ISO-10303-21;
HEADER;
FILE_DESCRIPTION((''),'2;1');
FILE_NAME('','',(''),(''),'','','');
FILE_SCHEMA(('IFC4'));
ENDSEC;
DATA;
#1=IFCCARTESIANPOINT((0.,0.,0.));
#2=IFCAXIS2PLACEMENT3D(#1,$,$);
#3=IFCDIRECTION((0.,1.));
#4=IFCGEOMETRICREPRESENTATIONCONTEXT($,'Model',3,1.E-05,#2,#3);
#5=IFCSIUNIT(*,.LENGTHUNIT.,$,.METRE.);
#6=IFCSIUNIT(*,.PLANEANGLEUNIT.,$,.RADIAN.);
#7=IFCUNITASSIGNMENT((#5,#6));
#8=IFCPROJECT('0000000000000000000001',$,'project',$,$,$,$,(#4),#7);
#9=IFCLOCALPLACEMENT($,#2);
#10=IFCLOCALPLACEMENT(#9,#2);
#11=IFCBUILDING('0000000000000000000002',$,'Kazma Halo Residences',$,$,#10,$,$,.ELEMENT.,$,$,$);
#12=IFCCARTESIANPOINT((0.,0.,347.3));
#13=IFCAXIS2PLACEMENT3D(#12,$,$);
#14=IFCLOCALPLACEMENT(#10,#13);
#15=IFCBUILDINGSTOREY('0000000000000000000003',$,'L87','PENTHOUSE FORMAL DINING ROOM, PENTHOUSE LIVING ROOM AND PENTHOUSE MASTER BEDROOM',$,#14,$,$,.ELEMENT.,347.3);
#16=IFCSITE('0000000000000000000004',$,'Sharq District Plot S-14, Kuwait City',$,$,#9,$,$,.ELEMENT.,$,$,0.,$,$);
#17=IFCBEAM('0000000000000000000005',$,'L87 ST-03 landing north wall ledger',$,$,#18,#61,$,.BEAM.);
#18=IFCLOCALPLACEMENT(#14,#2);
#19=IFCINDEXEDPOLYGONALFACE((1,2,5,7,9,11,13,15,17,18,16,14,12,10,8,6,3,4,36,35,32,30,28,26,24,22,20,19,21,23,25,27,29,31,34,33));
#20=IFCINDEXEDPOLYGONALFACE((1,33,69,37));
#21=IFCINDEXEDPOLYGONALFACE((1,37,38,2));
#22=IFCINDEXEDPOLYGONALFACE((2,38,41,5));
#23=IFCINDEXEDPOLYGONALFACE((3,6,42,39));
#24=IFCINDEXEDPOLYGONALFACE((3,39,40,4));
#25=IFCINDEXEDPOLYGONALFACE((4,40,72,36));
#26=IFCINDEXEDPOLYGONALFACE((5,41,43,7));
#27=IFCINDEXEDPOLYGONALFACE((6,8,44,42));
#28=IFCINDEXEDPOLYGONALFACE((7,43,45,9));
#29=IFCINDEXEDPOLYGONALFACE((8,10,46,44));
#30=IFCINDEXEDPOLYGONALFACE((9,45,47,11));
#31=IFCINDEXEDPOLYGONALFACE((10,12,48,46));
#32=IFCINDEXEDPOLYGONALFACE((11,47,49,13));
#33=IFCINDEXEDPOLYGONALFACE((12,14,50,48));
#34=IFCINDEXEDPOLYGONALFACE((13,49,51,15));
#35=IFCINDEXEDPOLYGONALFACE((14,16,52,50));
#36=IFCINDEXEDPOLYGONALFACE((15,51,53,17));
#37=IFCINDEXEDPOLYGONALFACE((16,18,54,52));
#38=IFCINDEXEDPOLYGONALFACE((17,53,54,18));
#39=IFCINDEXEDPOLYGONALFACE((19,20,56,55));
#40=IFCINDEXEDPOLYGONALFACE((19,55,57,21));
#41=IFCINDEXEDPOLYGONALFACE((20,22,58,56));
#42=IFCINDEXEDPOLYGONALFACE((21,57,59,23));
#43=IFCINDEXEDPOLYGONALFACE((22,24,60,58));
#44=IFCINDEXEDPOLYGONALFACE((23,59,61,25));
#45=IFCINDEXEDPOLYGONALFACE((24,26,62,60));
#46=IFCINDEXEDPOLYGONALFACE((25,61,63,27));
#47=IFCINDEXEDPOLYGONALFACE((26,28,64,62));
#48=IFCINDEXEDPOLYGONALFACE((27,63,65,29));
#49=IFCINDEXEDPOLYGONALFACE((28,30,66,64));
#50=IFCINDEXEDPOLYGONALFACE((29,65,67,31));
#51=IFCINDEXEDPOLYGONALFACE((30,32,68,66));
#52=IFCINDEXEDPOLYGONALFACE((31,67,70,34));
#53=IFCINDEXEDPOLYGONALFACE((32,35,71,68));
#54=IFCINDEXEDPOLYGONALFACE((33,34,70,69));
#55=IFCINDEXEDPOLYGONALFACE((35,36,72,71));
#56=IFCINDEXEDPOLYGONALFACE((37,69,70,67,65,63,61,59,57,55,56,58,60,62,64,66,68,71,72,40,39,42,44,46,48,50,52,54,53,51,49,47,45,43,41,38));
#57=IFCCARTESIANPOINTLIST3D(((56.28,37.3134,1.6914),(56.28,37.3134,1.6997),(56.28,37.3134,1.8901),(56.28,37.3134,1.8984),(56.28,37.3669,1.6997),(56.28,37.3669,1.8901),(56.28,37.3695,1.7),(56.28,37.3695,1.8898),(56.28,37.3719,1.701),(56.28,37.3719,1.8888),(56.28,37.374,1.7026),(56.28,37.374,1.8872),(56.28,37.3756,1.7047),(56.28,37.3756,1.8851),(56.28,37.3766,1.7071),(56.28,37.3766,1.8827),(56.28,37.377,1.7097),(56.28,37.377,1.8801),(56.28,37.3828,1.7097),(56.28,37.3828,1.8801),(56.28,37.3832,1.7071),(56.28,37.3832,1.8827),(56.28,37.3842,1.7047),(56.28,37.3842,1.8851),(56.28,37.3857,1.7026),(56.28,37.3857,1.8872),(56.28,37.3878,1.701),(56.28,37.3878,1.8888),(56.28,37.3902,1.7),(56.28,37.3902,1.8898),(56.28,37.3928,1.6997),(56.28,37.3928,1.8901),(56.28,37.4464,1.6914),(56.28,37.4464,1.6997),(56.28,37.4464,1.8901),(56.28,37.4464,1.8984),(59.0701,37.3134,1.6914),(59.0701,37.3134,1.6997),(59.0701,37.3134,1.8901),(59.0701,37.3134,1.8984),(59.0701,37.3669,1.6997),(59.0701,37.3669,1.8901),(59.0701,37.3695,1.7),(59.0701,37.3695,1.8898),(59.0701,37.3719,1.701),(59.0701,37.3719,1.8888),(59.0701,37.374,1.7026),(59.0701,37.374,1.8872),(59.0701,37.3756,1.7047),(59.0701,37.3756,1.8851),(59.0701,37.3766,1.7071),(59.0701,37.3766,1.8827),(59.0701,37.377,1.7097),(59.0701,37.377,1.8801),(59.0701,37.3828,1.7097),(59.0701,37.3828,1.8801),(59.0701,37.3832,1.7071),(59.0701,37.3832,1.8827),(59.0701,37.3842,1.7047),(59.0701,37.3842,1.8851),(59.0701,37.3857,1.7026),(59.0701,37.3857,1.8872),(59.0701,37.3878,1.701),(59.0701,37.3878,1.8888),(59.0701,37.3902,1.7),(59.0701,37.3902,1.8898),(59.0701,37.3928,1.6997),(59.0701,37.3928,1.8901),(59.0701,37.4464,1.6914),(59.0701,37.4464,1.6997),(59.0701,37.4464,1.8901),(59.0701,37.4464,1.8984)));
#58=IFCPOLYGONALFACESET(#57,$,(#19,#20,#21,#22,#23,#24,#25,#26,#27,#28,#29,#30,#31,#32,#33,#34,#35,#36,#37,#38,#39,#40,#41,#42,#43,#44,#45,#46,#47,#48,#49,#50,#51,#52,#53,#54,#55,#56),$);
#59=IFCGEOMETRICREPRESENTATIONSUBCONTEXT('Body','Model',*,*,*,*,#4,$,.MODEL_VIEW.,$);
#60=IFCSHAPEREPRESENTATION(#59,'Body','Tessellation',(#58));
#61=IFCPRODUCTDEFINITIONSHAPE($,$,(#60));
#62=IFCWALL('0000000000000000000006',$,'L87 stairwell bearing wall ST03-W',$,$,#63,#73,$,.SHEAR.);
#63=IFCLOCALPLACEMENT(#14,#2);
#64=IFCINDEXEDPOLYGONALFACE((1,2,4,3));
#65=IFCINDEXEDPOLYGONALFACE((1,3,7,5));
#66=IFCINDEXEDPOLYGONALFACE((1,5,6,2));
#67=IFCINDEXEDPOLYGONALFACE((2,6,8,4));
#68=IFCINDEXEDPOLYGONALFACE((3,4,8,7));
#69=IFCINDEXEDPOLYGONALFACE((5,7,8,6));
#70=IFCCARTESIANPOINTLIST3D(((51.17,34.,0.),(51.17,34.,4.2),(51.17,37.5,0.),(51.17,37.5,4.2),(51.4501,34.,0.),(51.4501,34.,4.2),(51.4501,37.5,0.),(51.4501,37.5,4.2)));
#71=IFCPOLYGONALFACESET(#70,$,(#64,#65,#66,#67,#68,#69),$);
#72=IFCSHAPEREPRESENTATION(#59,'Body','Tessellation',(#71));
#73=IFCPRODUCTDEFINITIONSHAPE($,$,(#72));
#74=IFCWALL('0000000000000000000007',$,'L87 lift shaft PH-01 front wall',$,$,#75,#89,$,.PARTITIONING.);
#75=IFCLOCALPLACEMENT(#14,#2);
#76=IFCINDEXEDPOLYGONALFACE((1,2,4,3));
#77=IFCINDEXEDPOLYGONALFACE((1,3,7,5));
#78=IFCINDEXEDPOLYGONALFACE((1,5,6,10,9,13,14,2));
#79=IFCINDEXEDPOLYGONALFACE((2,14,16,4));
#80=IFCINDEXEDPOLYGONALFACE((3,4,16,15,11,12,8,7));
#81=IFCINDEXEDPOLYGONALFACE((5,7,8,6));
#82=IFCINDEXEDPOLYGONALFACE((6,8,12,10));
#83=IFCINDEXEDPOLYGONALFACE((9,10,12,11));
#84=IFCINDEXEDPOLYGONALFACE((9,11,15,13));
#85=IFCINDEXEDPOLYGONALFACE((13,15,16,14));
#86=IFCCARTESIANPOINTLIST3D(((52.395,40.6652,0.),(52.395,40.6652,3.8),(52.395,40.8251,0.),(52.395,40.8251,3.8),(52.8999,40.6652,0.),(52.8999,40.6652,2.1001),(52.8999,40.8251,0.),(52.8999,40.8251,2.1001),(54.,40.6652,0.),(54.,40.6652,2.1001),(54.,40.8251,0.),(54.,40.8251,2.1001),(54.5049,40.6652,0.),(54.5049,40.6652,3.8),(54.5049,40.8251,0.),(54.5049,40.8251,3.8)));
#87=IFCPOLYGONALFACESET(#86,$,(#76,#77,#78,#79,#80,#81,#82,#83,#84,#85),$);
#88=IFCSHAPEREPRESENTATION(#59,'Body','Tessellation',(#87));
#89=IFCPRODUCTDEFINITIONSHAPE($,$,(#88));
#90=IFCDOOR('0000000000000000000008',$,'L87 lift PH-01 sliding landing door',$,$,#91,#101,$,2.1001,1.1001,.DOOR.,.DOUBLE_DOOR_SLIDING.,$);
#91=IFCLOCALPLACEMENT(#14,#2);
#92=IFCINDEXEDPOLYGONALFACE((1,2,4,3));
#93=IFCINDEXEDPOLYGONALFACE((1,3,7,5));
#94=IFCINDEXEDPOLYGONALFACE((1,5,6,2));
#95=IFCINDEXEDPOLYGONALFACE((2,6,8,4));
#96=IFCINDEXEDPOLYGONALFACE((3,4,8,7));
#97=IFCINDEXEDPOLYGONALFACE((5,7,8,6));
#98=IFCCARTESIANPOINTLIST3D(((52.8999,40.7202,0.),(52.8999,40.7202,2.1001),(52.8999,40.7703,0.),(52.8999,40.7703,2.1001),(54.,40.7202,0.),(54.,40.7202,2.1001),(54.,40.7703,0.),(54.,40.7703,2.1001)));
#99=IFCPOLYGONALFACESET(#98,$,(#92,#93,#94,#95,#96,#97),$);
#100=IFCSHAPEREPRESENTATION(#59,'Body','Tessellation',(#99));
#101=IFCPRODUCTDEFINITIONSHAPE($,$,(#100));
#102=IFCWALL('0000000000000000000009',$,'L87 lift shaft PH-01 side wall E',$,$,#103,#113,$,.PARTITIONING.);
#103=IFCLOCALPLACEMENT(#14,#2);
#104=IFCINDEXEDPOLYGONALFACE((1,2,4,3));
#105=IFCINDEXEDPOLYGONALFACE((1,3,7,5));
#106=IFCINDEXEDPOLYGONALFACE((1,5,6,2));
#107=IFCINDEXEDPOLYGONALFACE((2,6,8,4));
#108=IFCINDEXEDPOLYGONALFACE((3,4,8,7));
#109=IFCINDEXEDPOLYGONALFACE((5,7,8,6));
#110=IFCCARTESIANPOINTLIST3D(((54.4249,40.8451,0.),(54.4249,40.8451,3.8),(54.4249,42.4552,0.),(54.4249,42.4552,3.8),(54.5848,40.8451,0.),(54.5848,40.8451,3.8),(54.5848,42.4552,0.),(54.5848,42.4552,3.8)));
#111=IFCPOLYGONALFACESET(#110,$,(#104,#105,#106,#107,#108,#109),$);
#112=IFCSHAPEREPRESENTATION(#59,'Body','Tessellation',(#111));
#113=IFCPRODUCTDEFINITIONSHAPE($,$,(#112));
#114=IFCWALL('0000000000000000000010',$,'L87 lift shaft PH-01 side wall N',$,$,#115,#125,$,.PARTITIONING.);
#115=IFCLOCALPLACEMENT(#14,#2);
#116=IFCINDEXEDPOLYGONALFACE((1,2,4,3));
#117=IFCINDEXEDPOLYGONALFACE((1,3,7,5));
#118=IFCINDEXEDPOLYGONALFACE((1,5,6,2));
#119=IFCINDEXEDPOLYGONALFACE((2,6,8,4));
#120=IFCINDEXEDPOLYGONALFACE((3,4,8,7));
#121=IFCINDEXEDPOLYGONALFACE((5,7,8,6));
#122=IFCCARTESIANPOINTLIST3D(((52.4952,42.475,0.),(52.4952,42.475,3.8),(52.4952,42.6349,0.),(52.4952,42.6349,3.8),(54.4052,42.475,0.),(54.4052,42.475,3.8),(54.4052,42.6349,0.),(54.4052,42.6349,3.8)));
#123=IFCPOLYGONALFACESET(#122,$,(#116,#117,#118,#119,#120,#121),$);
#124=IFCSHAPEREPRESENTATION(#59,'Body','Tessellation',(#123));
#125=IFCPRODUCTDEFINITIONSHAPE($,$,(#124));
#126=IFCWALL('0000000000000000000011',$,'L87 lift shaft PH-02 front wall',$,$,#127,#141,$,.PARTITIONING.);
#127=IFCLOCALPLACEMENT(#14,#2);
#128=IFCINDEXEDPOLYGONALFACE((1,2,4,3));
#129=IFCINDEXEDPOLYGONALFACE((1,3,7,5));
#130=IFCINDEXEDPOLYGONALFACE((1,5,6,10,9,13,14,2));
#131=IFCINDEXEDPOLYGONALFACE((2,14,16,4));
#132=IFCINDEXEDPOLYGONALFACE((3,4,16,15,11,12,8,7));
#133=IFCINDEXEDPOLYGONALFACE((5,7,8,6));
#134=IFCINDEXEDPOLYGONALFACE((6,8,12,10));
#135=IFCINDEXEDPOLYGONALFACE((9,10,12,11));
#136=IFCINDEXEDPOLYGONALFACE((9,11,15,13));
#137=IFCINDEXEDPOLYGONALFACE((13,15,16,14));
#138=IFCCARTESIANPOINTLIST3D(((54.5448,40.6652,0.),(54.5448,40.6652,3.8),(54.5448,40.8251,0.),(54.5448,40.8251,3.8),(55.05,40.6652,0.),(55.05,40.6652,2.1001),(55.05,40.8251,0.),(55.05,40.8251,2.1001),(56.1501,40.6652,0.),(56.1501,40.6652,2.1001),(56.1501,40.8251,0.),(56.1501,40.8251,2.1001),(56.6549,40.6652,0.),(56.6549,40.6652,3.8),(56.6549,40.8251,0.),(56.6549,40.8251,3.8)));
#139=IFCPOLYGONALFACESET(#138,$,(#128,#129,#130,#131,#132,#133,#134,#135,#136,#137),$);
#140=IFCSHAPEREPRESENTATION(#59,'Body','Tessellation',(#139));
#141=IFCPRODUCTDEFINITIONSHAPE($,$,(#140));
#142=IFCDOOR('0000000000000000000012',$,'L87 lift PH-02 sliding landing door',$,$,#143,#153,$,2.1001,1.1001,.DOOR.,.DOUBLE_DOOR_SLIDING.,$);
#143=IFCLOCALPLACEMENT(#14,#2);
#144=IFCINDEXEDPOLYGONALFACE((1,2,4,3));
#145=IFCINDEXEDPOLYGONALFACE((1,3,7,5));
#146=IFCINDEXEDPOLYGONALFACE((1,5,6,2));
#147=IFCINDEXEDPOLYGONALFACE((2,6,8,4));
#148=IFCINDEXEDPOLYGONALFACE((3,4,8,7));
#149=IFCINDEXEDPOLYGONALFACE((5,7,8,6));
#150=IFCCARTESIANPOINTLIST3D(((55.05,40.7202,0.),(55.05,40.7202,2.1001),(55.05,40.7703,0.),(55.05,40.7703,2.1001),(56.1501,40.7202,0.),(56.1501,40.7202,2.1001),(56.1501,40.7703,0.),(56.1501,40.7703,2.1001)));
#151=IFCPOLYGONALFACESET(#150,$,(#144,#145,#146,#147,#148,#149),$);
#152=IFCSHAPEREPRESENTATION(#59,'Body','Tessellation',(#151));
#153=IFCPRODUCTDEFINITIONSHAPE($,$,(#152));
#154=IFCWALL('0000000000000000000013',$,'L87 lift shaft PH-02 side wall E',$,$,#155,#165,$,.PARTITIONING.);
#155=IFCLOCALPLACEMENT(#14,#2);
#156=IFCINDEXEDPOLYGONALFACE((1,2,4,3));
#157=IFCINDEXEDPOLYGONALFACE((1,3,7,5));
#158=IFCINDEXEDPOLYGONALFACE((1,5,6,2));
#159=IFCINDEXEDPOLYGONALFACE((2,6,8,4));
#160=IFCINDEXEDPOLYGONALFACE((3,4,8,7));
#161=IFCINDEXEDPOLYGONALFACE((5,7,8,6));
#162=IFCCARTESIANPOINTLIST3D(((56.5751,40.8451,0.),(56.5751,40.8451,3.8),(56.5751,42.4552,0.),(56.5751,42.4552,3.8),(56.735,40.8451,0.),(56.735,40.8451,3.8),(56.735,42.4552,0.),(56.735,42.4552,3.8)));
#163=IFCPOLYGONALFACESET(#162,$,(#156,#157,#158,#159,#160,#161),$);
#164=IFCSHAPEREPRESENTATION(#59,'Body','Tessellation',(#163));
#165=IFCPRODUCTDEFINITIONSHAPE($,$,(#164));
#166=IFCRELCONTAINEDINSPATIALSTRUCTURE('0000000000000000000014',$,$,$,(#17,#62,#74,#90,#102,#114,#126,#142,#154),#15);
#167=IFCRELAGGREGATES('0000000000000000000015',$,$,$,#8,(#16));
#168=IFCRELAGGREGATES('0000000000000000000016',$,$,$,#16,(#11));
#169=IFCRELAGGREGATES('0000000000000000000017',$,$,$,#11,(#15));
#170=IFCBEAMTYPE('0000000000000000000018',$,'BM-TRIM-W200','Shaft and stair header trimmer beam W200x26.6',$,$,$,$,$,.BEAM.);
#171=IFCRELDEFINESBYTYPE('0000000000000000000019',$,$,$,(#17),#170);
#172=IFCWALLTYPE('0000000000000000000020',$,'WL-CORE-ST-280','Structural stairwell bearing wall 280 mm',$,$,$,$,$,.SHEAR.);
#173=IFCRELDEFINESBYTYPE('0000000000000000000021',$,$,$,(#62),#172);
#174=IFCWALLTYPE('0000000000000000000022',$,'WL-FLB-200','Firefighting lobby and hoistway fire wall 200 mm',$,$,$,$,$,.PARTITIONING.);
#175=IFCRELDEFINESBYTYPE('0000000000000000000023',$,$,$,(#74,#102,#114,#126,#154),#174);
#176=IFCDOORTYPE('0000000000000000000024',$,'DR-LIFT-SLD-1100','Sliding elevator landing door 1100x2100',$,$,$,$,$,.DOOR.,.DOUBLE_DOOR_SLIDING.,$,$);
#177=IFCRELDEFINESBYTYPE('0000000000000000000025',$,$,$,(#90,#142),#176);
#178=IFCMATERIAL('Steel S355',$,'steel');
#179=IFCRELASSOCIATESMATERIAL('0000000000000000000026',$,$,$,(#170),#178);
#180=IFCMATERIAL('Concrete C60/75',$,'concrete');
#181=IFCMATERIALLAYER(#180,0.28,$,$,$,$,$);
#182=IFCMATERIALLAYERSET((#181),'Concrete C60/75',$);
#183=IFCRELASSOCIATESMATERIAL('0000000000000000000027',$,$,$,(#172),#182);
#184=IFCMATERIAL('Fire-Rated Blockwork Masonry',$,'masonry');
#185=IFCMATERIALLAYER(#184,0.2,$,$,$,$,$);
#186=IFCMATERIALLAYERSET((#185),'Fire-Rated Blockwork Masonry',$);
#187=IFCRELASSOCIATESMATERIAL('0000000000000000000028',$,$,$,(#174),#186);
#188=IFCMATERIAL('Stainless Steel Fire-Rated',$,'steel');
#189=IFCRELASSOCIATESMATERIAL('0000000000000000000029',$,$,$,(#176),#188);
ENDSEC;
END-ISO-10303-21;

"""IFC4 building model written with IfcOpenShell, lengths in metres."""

from ifc_helpers import new_model, si_unit, direction, frame, frame_2d, origin, origin_2d, place, context, subcontext, project, spatial, rectangle, i_section, extrude, material, layer, layer_set, material_profile, profile_set, type_object, element, fill, save


model = new_model("IFC4")

# Units and contexts
model_context = context("Model", 3, precision=1e-05, world=origin(), true_north=direction((0.0, 1.0)))
body_context = subcontext(model_context, "Body", "Model", "MODEL_VIEW")
ifc_project = project(units=[si_unit("LENGTHUNIT", "METRE"), si_unit("PLANEANGLEUNIT", "RADIAN")], contexts=[model_context])

# Site, building, storey
site_placement = place(None, origin())
site = spatial("IfcSite", under=ifc_project, at=site_placement, Name="Sharq District Plot S-14, Kuwait City", CompositionType="ELEMENT", RefElevation=0.0)
building_placement = place(site_placement, origin())
building = spatial("IfcBuilding", under=site, at=building_placement, Name="Kazma Halo Residences", CompositionType="ELEMENT")
storey_placement = place(building_placement, frame((0.0, 0.0, 347.3)))
storey = spatial("IfcBuildingStorey", under=building, at=storey_placement, Name="L87", Description="PENTHOUSE FORMAL DINING ROOM, PENTHOUSE LIVING ROOM AND PENTHOUSE MASTER BEDROOM", CompositionType="ELEMENT", Elevation=347.3)

# Shared definitions
ifc_material_1 = material(Name="Steel S355", Category="steel")

# Beam
ifc_material_profile_1 = material_profile(ifc_material_1, i_section(OverallWidth=0.1331, OverallDepth=0.207, WebThickness=0.0059, FlangeThickness=0.0083, FilletRadius=0.01, at=origin_2d()), Name="W200x26.6")
ifc_profile_set_1 = profile_set([ifc_material_profile_1], Name="Steel S355")
beam_type = type_object("IfcBeamType", Name="BM-TRIM-W200", Description="Shaft and stair header trimmer beam W200x26.6", PredefinedType="BEAM", material=ifc_profile_set_1)
beam_1_placement = place(storey_placement, frame((56.28, 37.3799, 1.7949), z_axis=(1.0, 0.0, 0.0), x_axis=(0.0, 1.0, 0.0)))
element("IfcBeam", 1, at=beam_1_placement, inside=storey, type_object=beam_type, Name="L87 ST-03 landing north wall ledger", PredefinedType="BEAM", context=body_context, shape_type="SweptSolid", body=[
    extrude(i_section(OverallWidth=0.1331, OverallDepth=0.207, WebThickness=0.0059, FlangeThickness=0.0083, FilletRadius=0.01, at=origin_2d()), origin(), (0.0, 0.0, 1.0), 2.79),
])

# Wall
ifc_material_2 = material(Name="Concrete C60/75", Category="concrete")
ifc_layer_1 = layer(ifc_material_2, 0.28)
ifc_layer_set_1 = layer_set([ifc_layer_1], Name="Concrete C60/75")
wall_type_1 = type_object("IfcWallType", Name="WL-CORE-ST-280", Description="Structural stairwell bearing wall 280 mm", PredefinedType="SHEAR", material=ifc_layer_set_1)
wall_1_placement = place(storey_placement, frame((51.3101, 34.0, 0.0), z_axis=(0.0, 0.0, 1.0), x_axis=(0.0, 1.0, 0.0)))
element("IfcWall", 2, at=wall_1_placement, inside=storey, type_object=wall_type_1, Name="L87 stairwell bearing wall ST03-W", PredefinedType="SHEAR", context=body_context, shape_type="SweptSolid", body=[
    extrude(rectangle(XDim=3.5, YDim=0.28, at=frame_2d((1.75, 0.0))), origin(), (0.0, 0.0, 1.0), 4.2),
])

# Wall, opening, door
ifc_material_3 = material(Name="Fire-Rated Blockwork Masonry", Category="masonry")
ifc_layer_2 = layer(ifc_material_3, 0.2)
ifc_layer_set_2 = layer_set([ifc_layer_2], Name="Fire-Rated Blockwork Masonry")
wall_type_2 = type_object("IfcWallType", Name="WL-FLB-200", Description="Firefighting lobby and hoistway fire wall 200 mm", PredefinedType="PARTITIONING", material=ifc_layer_set_2)
wall_2_placement = place(storey_placement, frame((54.5049, 40.7451, 0.0), z_axis=(0.0, 0.0, 1.0), x_axis=(-1.0, 0.0, 0.0)))
wall_2 = element("IfcWall", 3, at=wall_2_placement, inside=storey, type_object=wall_type_2, Name="L87 lift shaft PH-01 front wall", PredefinedType="PARTITIONING", context=body_context, shape_type="SweptSolid", body=[
    extrude(rectangle(XDim=2.1099, YDim=0.1599, at=frame_2d((1.0549, 0.0))), origin(), (0.0, 0.0, 1.0), 3.8),
])
opening_1_placement = place(wall_2_placement, frame((0.5049, 0.0, 0.0)))
opening_1 = element("IfcOpeningElement", 4, at=opening_1_placement, cuts=wall_2, PredefinedType="OPENING", context=body_context, shape_type="SweptSolid", body=[
    extrude(rectangle(XDim=1.1001, YDim=2.1001, at=frame_2d((0.55, 1.05))), frame((0.0, 0.0898, 0.0), z_axis=(0.0, -1.0, 0.0), x_axis=(1.0, 0.0, 0.0)), (0.0, 0.0, 1.0), 0.1799),
])
ifc_material_4 = material(Name="Stainless Steel Fire-Rated", Category="steel")
door_type_1 = type_object("IfcDoorType", Name="DR-LIFT-SLD-1100", Description="Sliding elevator landing door 1100x2100", OperationType="DOUBLE_DOOR_SLIDING", PredefinedType="DOOR", material=ifc_material_4)
door_1_placement = place(opening_1_placement, origin())
door_1 = element("IfcDoor", 5, at=door_1_placement, inside=storey, type_object=door_type_1, Name="L87 lift PH-01 sliding landing door", OperationType="DOUBLE_DOOR_SLIDING", OverallHeight=2.1001, OverallWidth=1.1001, PredefinedType="DOOR", context=body_context, shape_type="SweptSolid", body=[
    extrude(rectangle(XDim=1.1001, YDim=2.1001, at=frame_2d((0.55, 1.05))), frame((0.0, 0.0249, 0.0), z_axis=(0.0, -1.0, 0.0), x_axis=(1.0, 0.0, 0.0)), (0.0, 0.0, 1.0), 0.05),
])
fill(opening_1, door_1)

# Walls
wall_3_placement = place(storey_placement, frame((54.5049, 40.845, 0.0), z_axis=(0.0, 0.0, 1.0), x_axis=(0.0, 1.0, 0.0)))
element("IfcWall", 6, at=wall_3_placement, inside=storey, type_object=wall_type_2, Name="L87 lift shaft PH-01 side wall E", PredefinedType="PARTITIONING", context=body_context, shape_type="SweptSolid", body=[
    extrude(rectangle(XDim=1.6101, YDim=0.1599, at=frame_2d((0.8052, 0.0))), origin(), (0.0, 0.0, 1.0), 3.8),
])
wall_4_placement = place(storey_placement, frame((52.4951, 42.5549, 0.0), z_axis=(0.0, 0.0, 1.0), x_axis=(1.0, 0.0, 0.0)))
element("IfcWall", 7, at=wall_4_placement, inside=storey, type_object=wall_type_2, Name="L87 lift shaft PH-01 side wall N", PredefinedType="PARTITIONING", context=body_context, shape_type="SweptSolid", body=[
    extrude(rectangle(XDim=1.9099, YDim=0.1599, at=frame_2d((0.9551, 0.0))), origin(), (0.0, 0.0, 1.0), 3.8),
])

# Wall, opening, door
wall_5_placement = place(storey_placement, frame((56.655, 40.7451, 0.0), z_axis=(0.0, 0.0, 1.0), x_axis=(-1.0, 0.0, 0.0)))
wall_5 = element("IfcWall", 8, at=wall_5_placement, inside=storey, type_object=wall_type_2, Name="L87 lift shaft PH-02 front wall", PredefinedType="PARTITIONING", context=body_context, shape_type="SweptSolid", body=[
    extrude(rectangle(XDim=2.1101, YDim=0.1599, at=frame_2d((1.0552, 0.0))), origin(), (0.0, 0.0, 1.0), 3.8),
])
opening_2_placement = place(wall_5_placement, frame((0.5049, 0.0, 0.0)))
opening_2 = element("IfcOpeningElement", 9, at=opening_2_placement, cuts=wall_5, PredefinedType="OPENING", context=body_context, shape_type="SweptSolid", body=[
    extrude(rectangle(XDim=1.1001, YDim=2.1001, at=frame_2d((0.55, 1.05))), frame((0.0, 0.0898, 0.0), z_axis=(0.0, -1.0, 0.0), x_axis=(1.0, 0.0, 0.0)), (0.0, 0.0, 1.0), 0.1799),
])
door_2_placement = place(opening_2_placement, origin())
door_2 = element("IfcDoor", 10, at=door_2_placement, inside=storey, type_object=door_type_1, Name="L87 lift PH-02 sliding landing door", OperationType="DOUBLE_DOOR_SLIDING", OverallHeight=2.1001, OverallWidth=1.1001, PredefinedType="DOOR", context=body_context, shape_type="SweptSolid", body=[
    extrude(rectangle(XDim=1.1001, YDim=2.1001, at=frame_2d((0.55, 1.05))), frame((0.0, 0.0249, 0.0), z_axis=(0.0, -1.0, 0.0), x_axis=(1.0, 0.0, 0.0)), (0.0, 0.0, 1.0), 0.05),
])
fill(opening_2, door_2)

# Wall
wall_6_placement = place(storey_placement, frame((56.655, 40.845, 0.0), z_axis=(0.0, 0.0, 1.0), x_axis=(0.0, 1.0, 0.0)))
element("IfcWall", 11, at=wall_6_placement, inside=storey, type_object=wall_type_2, Name="L87 lift shaft PH-02 side wall E", PredefinedType="PARTITIONING", context=body_context, shape_type="SweptSolid", body=[
    extrude(rectangle(XDim=1.6101, YDim=0.1599, at=frame_2d((0.8052, 0.0))), origin(), (0.0, 0.0, 1.0), 3.8),
])

save(model, "model.ifc")
